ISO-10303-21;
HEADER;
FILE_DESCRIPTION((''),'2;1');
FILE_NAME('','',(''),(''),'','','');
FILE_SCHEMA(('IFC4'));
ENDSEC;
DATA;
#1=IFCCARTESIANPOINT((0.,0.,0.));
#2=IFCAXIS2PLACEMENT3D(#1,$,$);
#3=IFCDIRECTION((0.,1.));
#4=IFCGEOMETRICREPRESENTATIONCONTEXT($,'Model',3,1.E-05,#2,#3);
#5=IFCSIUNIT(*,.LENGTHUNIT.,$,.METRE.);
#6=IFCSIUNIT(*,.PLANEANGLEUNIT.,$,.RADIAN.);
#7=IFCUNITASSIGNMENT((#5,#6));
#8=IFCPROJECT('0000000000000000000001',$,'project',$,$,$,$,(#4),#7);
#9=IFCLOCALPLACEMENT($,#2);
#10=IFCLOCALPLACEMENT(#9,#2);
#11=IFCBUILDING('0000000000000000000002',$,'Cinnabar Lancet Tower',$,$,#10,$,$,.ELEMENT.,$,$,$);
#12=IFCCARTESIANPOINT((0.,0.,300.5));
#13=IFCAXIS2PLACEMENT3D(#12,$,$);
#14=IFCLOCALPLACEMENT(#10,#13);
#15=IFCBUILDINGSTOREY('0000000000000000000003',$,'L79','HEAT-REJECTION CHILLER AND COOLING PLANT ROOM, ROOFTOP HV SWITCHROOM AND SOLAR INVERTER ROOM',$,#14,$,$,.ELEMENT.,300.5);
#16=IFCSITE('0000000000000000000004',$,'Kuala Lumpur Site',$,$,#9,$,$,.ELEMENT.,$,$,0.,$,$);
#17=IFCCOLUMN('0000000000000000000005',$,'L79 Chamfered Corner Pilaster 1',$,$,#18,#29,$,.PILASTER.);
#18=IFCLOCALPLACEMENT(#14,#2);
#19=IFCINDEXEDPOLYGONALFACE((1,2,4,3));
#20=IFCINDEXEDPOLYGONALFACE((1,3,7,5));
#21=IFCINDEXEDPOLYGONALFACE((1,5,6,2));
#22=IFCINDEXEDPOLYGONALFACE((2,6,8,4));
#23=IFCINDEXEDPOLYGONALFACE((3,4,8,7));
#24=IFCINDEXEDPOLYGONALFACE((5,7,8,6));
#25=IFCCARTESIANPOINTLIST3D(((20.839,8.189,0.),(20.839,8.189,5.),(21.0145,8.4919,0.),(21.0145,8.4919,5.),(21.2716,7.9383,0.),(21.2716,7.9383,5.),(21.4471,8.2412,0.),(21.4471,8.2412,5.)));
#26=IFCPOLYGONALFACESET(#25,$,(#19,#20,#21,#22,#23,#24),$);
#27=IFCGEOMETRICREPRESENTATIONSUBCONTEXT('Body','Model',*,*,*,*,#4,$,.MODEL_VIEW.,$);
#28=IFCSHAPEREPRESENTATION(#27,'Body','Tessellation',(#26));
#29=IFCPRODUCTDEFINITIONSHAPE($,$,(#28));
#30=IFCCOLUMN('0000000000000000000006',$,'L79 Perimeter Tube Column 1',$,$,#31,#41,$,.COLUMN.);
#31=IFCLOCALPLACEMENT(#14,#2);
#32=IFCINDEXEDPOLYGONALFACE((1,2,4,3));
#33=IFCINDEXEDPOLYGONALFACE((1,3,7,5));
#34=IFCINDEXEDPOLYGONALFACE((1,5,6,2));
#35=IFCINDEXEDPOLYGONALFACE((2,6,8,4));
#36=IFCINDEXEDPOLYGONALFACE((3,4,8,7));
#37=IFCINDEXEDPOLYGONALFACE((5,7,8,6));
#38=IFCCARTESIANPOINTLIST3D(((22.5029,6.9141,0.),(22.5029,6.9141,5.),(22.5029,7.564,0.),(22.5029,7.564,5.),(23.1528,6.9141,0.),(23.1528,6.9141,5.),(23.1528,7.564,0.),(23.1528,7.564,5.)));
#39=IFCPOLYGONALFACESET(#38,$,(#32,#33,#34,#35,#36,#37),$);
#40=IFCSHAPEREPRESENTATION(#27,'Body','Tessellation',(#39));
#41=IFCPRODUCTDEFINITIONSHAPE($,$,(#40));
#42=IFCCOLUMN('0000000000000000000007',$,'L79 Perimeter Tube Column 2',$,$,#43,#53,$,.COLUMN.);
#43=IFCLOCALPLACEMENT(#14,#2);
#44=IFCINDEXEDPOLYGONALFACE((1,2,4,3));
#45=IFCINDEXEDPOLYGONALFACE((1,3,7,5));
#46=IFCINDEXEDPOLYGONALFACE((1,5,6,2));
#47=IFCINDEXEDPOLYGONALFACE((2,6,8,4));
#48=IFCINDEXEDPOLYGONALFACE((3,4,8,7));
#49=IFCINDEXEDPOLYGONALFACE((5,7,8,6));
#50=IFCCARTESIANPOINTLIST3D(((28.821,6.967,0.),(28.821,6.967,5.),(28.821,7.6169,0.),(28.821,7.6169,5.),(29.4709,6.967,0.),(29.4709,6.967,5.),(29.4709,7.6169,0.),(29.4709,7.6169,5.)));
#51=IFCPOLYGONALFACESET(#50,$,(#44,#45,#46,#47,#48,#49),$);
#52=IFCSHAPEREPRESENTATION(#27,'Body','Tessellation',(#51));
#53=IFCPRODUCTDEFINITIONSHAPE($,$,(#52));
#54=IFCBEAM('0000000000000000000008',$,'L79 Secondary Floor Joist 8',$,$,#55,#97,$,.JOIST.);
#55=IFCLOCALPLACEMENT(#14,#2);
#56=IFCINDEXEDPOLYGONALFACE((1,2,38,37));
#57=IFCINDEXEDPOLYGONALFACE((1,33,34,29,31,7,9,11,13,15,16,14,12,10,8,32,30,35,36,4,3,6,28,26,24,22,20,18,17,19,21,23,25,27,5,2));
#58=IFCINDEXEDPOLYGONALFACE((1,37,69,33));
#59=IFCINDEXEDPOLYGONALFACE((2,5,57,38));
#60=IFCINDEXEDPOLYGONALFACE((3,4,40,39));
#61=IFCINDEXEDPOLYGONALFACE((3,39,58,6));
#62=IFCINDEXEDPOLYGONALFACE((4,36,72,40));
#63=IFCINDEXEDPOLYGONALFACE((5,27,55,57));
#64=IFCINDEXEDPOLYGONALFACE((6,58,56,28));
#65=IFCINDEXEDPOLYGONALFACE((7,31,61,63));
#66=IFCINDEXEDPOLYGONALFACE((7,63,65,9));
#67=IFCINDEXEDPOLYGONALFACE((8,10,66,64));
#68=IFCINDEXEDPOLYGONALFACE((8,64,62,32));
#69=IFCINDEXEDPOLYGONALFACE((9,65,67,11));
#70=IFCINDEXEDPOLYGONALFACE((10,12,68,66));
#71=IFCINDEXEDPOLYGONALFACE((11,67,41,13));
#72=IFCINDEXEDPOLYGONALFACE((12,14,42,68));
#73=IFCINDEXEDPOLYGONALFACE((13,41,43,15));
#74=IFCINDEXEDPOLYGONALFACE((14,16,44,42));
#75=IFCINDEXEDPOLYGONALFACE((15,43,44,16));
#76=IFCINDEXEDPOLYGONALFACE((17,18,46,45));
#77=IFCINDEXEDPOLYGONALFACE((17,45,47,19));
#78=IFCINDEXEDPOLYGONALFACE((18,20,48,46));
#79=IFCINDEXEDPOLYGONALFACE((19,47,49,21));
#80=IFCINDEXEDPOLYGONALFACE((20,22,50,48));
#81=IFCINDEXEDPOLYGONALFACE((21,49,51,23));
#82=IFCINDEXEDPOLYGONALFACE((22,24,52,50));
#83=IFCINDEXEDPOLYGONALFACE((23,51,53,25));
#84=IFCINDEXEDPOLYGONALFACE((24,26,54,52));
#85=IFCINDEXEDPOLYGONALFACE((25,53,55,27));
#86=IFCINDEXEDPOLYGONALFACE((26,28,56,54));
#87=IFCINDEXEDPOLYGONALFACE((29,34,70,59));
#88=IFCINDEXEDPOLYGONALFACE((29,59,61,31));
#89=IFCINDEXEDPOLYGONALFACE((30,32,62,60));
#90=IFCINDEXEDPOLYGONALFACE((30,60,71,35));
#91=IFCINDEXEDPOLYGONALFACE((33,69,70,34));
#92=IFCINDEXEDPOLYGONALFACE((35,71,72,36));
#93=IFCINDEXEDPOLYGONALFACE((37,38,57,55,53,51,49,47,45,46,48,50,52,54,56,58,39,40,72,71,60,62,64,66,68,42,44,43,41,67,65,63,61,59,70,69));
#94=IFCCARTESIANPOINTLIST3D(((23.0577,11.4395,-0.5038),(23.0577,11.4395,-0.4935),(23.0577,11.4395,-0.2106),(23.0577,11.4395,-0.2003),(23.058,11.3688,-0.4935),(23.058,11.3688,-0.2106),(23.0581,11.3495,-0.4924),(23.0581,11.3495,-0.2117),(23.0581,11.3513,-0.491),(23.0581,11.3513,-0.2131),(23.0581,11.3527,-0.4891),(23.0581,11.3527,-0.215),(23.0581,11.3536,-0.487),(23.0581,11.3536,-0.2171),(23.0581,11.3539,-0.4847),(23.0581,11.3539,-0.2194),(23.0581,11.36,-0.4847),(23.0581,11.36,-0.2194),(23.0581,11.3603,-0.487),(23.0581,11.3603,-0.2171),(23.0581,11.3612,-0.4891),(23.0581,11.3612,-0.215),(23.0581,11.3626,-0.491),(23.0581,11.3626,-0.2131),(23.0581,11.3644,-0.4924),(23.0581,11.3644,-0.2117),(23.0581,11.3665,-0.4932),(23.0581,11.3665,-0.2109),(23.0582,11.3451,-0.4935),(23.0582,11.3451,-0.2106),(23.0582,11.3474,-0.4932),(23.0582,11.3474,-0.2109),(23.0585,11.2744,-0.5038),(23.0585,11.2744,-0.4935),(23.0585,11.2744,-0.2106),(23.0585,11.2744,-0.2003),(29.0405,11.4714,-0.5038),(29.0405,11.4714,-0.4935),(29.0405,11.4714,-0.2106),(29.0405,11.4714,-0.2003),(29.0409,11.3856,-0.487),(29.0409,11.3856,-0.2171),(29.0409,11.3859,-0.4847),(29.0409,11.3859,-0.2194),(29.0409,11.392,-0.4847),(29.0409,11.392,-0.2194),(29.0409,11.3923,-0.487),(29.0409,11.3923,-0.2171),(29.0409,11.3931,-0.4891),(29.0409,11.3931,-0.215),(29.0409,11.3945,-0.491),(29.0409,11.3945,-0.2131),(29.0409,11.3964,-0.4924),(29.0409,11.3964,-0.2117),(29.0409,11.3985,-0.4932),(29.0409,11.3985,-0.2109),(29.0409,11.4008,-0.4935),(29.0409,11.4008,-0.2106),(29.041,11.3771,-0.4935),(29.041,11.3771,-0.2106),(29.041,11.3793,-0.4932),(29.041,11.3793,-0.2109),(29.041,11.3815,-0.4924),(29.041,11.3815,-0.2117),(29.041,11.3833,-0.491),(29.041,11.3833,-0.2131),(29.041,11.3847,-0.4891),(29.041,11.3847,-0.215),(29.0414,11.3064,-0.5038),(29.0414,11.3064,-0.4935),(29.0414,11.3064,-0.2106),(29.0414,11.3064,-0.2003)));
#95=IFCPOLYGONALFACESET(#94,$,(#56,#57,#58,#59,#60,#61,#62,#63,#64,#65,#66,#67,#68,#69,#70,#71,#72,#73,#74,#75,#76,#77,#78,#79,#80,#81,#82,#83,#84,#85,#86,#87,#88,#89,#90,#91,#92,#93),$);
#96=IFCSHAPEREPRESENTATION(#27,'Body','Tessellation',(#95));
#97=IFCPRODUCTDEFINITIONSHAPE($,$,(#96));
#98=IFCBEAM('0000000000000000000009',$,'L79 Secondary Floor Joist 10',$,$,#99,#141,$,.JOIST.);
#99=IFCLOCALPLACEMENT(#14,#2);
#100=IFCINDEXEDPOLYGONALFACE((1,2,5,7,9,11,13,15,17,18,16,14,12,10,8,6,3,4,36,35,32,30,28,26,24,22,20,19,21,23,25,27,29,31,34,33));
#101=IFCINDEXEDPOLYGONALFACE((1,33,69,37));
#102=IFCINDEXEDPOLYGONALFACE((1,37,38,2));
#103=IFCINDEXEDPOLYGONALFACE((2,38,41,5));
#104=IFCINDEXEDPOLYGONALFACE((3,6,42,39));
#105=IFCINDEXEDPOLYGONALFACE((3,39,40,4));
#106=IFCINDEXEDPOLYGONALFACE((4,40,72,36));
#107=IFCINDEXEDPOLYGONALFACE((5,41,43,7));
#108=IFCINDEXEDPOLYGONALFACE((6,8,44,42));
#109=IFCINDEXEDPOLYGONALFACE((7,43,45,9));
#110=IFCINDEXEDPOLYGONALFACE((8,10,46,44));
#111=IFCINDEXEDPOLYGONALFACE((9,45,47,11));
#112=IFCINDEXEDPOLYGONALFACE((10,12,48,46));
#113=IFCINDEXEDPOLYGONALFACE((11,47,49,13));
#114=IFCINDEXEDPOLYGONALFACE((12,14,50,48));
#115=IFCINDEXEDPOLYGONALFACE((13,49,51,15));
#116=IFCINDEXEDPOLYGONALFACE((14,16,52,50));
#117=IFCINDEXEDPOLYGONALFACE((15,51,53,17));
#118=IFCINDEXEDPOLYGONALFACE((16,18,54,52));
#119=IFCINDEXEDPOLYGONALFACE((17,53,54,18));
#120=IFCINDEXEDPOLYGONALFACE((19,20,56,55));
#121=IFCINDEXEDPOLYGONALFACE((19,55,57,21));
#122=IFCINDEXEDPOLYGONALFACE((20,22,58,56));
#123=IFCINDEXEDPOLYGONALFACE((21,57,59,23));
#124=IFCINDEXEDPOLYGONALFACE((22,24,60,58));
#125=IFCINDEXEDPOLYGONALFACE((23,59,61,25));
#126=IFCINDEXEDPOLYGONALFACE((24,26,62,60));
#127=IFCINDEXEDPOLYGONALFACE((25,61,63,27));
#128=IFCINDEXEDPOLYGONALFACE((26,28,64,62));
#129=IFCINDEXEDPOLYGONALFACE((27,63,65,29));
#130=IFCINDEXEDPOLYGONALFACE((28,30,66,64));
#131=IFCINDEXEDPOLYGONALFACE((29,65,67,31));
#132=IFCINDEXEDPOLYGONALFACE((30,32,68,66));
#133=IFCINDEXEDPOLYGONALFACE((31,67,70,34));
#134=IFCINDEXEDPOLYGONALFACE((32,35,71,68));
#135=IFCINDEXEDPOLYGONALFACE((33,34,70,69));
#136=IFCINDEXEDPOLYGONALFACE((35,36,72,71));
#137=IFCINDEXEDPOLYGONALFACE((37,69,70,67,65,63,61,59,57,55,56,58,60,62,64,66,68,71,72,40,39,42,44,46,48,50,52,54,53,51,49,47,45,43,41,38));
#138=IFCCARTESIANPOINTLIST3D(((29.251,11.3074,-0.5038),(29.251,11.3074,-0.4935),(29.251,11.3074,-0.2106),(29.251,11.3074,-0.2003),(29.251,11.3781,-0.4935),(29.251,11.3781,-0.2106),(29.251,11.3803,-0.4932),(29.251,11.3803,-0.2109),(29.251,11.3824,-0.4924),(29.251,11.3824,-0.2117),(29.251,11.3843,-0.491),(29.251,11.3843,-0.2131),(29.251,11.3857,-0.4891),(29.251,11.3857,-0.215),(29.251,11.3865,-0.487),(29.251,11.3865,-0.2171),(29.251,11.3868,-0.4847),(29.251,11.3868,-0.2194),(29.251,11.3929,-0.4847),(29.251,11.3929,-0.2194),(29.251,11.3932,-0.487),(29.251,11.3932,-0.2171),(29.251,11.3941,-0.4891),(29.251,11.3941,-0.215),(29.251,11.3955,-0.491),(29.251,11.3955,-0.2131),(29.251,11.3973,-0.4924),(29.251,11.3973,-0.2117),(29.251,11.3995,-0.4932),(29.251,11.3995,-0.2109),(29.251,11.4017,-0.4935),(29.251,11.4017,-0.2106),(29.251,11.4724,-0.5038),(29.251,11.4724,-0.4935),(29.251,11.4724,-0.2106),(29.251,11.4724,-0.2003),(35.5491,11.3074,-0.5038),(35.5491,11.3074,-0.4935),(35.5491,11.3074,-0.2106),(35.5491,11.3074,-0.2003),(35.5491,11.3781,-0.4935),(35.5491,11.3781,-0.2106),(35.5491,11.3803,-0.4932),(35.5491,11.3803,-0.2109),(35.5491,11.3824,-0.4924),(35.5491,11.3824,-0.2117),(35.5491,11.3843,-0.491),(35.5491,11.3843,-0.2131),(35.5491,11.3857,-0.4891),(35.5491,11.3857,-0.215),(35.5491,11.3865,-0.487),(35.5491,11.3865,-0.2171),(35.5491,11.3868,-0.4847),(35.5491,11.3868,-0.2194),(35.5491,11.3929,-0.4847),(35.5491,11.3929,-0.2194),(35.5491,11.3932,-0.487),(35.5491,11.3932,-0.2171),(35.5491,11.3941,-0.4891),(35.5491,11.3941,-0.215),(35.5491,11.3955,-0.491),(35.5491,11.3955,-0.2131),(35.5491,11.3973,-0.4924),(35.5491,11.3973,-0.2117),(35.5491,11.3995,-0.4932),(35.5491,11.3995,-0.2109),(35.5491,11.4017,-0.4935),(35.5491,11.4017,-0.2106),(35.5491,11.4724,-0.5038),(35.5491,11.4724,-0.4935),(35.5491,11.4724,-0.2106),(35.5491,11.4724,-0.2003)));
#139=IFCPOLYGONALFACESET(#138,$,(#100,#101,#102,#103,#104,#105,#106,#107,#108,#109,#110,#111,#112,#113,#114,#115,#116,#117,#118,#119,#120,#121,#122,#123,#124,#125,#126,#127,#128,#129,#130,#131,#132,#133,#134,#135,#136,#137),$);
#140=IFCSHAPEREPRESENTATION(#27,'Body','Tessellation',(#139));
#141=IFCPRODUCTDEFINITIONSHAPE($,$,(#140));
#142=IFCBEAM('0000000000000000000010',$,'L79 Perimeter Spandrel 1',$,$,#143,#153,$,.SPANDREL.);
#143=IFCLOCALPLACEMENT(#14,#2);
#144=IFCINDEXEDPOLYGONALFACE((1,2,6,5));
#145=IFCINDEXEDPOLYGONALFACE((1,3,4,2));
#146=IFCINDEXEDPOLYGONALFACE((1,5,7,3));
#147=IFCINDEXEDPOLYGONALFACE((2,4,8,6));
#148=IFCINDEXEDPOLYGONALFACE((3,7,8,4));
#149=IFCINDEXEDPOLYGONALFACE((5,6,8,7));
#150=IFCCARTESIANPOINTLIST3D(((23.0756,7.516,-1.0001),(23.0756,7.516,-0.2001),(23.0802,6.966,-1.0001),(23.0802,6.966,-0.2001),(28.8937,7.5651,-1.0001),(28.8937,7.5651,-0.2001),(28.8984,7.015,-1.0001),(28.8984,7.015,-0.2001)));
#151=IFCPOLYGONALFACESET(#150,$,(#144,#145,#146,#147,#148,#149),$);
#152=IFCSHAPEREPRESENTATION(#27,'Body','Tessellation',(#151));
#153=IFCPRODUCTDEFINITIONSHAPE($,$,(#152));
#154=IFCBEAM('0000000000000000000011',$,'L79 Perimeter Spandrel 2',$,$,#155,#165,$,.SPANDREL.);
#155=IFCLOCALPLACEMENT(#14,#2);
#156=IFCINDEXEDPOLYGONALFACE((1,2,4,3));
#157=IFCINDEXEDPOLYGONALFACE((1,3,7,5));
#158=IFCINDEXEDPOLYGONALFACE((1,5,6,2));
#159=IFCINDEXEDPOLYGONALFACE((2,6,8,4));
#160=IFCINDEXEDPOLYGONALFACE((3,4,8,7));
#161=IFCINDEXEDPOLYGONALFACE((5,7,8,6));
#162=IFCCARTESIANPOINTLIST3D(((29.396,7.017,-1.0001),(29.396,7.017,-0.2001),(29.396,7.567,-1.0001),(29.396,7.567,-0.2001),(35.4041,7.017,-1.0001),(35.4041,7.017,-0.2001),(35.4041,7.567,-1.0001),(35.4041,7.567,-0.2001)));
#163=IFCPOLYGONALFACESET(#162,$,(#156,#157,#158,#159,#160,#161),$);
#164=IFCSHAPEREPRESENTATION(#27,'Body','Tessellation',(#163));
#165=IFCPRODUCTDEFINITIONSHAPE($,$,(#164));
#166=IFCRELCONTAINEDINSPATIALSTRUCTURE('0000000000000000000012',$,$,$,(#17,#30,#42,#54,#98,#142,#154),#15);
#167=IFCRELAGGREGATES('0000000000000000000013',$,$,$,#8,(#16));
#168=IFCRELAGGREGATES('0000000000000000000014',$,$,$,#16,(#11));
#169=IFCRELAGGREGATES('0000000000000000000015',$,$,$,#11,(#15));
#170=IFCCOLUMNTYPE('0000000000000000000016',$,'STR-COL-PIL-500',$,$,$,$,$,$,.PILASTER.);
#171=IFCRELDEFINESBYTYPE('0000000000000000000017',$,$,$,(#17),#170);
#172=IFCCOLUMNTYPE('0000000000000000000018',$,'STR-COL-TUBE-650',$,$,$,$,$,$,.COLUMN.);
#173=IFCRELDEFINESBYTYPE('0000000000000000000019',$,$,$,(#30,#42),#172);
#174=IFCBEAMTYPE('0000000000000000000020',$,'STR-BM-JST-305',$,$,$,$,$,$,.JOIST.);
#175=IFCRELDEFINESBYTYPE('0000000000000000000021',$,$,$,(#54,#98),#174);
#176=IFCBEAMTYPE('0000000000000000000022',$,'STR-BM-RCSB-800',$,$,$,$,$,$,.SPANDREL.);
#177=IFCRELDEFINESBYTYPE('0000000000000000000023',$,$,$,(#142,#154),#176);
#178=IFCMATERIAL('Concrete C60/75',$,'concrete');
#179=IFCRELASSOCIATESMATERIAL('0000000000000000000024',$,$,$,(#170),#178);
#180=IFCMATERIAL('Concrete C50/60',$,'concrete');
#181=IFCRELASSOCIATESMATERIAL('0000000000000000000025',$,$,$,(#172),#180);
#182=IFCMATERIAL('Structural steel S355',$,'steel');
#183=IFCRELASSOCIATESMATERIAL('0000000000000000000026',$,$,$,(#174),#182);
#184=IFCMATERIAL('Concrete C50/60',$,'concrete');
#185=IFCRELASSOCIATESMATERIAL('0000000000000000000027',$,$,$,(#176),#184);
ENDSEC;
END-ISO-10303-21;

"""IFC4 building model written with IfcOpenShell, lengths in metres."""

from ifc_helpers import new_model, si_unit, direction, frame, origin, origin_2d, place, context, subcontext, project, spatial, rectangle, i_section, extrude, material, material_profile, profile_set, type_object, element, save


model = new_model("IFC4")

# Units and contexts
model_context = context("Model", 3, precision=1e-05, world=origin(), true_north=direction((0.0, 1.0)))
body_context = subcontext(model_context, "Body", "Model", "MODEL_VIEW")
ifc_project = project(units=[si_unit("LENGTHUNIT", "METRE"), si_unit("PLANEANGLEUNIT", "RADIAN")], contexts=[model_context])

# Site, building, storey
site_placement = place(None, origin())
site = spatial("IfcSite", under=ifc_project, at=site_placement, Name="Kuala Lumpur Site", CompositionType="ELEMENT", RefElevation=0.0)
building_placement = place(site_placement, origin())
building = spatial("IfcBuilding", under=site, at=building_placement, Name="Cinnabar Lancet Tower", CompositionType="ELEMENT")
storey_placement = place(building_placement, frame((0.0, 0.0, 300.5)))
storey = spatial("IfcBuildingStorey", under=building, at=storey_placement, Name="L79", Description="HEAT-REJECTION CHILLER AND COOLING PLANT ROOM, ROOFTOP HV SWITCHROOM AND SOLAR INVERTER ROOM", CompositionType="ELEMENT", Elevation=300.5)

# Columns
ifc_material_1 = material(Name="Concrete C60/75", Category="concrete")
ifc_material_profile_1 = material_profile(ifc_material_1, rectangle(XDim=0.5, YDim=0.3501, at=origin_2d()), Name="RC-PIL 500x350")
ifc_profile_set_1 = profile_set([ifc_material_profile_1], Name="Concrete C60/75")
column_type_1 = type_object("IfcColumnType", Name="STR-COL-PIL-500", PredefinedType="PILASTER", material=ifc_profile_set_1)
column_placement = place(storey_placement, frame((21.1431, 8.2151, 0.0), z_axis=(0.0, 0.0, 1.0), x_axis=(0.865256, -0.50133, 0.0)))
element("IfcColumn", 1, at=column_placement, inside=storey, type_object=column_type_1, Name="L79 Chamfered Corner Pilaster 1", PredefinedType="PILASTER", context=body_context, shape_type="SweptSolid", body=[
    extrude(rectangle(XDim=0.5, YDim=0.3501, at=origin_2d()), origin(), (0.0, 0.0, 1.0), 5.0),
])
ifc_material_2 = material(Name="Concrete C50/60", Category="concrete")
ifc_material_profile_2 = material_profile(ifc_material_2, rectangle(XDim=0.6499, YDim=0.6499, at=origin_2d()), Name="RC-COL 650x650")
ifc_profile_set_2 = profile_set([ifc_material_profile_2], Name="Concrete C50/60")
column_type_2 = type_object("IfcColumnType", Name="STR-COL-TUBE-650", PredefinedType="COLUMN", material=ifc_profile_set_2)
for number, where, z_axis, x_axis, name in (
    (2, (22.8279, 7.239, 0.0), (0.0, 0.0, 1.0), (1.0, 0.0, 0.0), "L79 Perimeter Tube Column 1"),
    (3, (29.146, 7.292, 0.0), (0.0, 0.0, 1.0), (1.0, 0.0, 0.0), "L79 Perimeter Tube Column 2"),
):
    element("IfcColumn", number, at=place(storey_placement, frame(where, z_axis=z_axis, x_axis=x_axis)), inside=storey, type_object=column_type_2, Name=name, PredefinedType="COLUMN", context=body_context, shape_type="SweptSolid", body=[
        extrude(rectangle(XDim=0.6499, YDim=0.6499, at=origin_2d()), origin(), (0.0, 0.0, 1.0), 5.0),
    ])

# Beams
ifc_material_3 = material(Name="Structural steel S355", Category="steel")
ifc_material_profile_3 = material_profile(ifc_material_3, i_section(OverallWidth=0.165, OverallDepth=0.3035, WebThickness=0.0061, FlangeThickness=0.0103, FilletRadius=0.0088, at=origin_2d()), Name="UKB 305x165x40")
ifc_profile_set_3 = profile_set([ifc_material_profile_3], Name="Structural steel S355")
beam_type_1 = type_object("IfcBeamType", Name="STR-BM-JST-305", PredefinedType="JOIST", material=ifc_profile_set_3)
beam_1_placement = place(storey_placement, frame((23.0581, 11.3569, -0.3521), z_axis=(0.999986, 0.005346, 0.0), x_axis=(-0.005346, 0.999986, 0.0)))
element("IfcBeam", 4, at=beam_1_placement, inside=storey, type_object=beam_type_1, Name="L79 Secondary Floor Joist 8", PredefinedType="JOIST", context=body_context, shape_type="SweptSolid", body=[
    extrude(i_section(OverallWidth=0.165, OverallDepth=0.3035, WebThickness=0.0061, FlangeThickness=0.0103, FilletRadius=0.0088, at=origin_2d()), origin(), (0.0, 0.0, 1.0), 5.9829),
])
beam_2_placement = place(storey_placement, frame((29.251, 11.3899, -0.3521), z_axis=(1.0, 0.0, 0.0), x_axis=(0.0, 1.0, 0.0)))
element("IfcBeam", 5, at=beam_2_placement, inside=storey, type_object=beam_type_1, Name="L79 Secondary Floor Joist 10", PredefinedType="JOIST", context=body_context, shape_type="SweptSolid", body=[
    extrude(i_section(OverallWidth=0.165, OverallDepth=0.3035, WebThickness=0.0061, FlangeThickness=0.0103, FilletRadius=0.0088, at=origin_2d()), origin(), (0.0, 0.0, 1.0), 6.2981),
])
ifc_material_4 = material(Name="Concrete C50/60", Category="concrete")
ifc_material_profile_4 = material_profile(ifc_material_4, rectangle(XDim=0.55, YDim=0.8, at=origin_2d()), Name="RC-SB 550x800")
ifc_profile_set_4 = profile_set([ifc_material_profile_4], Name="Concrete C50/60")
beam_type_2 = type_object("IfcBeamType", Name="STR-BM-RCSB-800", PredefinedType="SPANDREL", material=ifc_profile_set_4)
beam_3_placement = place(storey_placement, frame((23.0779, 7.241, -0.6001), z_axis=(0.999964, 0.008434, 0.0), x_axis=(-0.008434, 0.999964, 0.0)))
element("IfcBeam", 6, at=beam_3_placement, inside=storey, type_object=beam_type_2, Name="L79 Perimeter Spandrel 1", PredefinedType="SPANDREL", context=body_context, shape_type="SweptSolid", body=[
    extrude(rectangle(XDim=0.55, YDim=0.8, at=origin_2d()), origin(), (0.0, 0.0, 1.0), 5.8184),
])
beam_4_placement = place(storey_placement, frame((29.396, 7.292, -0.6001), z_axis=(1.0, 0.0, 0.0), x_axis=(0.0, 1.0, 0.0)))
element("IfcBeam", 7, at=beam_4_placement, inside=storey, type_object=beam_type_2, Name="L79 Perimeter Spandrel 2", PredefinedType="SPANDREL", context=body_context, shape_type="SweptSolid", body=[
    extrude(rectangle(XDim=0.55, YDim=0.8, at=origin_2d()), origin(), (0.0, 0.0, 1.0), 6.0081),
])

save(model, "model.ifc")
